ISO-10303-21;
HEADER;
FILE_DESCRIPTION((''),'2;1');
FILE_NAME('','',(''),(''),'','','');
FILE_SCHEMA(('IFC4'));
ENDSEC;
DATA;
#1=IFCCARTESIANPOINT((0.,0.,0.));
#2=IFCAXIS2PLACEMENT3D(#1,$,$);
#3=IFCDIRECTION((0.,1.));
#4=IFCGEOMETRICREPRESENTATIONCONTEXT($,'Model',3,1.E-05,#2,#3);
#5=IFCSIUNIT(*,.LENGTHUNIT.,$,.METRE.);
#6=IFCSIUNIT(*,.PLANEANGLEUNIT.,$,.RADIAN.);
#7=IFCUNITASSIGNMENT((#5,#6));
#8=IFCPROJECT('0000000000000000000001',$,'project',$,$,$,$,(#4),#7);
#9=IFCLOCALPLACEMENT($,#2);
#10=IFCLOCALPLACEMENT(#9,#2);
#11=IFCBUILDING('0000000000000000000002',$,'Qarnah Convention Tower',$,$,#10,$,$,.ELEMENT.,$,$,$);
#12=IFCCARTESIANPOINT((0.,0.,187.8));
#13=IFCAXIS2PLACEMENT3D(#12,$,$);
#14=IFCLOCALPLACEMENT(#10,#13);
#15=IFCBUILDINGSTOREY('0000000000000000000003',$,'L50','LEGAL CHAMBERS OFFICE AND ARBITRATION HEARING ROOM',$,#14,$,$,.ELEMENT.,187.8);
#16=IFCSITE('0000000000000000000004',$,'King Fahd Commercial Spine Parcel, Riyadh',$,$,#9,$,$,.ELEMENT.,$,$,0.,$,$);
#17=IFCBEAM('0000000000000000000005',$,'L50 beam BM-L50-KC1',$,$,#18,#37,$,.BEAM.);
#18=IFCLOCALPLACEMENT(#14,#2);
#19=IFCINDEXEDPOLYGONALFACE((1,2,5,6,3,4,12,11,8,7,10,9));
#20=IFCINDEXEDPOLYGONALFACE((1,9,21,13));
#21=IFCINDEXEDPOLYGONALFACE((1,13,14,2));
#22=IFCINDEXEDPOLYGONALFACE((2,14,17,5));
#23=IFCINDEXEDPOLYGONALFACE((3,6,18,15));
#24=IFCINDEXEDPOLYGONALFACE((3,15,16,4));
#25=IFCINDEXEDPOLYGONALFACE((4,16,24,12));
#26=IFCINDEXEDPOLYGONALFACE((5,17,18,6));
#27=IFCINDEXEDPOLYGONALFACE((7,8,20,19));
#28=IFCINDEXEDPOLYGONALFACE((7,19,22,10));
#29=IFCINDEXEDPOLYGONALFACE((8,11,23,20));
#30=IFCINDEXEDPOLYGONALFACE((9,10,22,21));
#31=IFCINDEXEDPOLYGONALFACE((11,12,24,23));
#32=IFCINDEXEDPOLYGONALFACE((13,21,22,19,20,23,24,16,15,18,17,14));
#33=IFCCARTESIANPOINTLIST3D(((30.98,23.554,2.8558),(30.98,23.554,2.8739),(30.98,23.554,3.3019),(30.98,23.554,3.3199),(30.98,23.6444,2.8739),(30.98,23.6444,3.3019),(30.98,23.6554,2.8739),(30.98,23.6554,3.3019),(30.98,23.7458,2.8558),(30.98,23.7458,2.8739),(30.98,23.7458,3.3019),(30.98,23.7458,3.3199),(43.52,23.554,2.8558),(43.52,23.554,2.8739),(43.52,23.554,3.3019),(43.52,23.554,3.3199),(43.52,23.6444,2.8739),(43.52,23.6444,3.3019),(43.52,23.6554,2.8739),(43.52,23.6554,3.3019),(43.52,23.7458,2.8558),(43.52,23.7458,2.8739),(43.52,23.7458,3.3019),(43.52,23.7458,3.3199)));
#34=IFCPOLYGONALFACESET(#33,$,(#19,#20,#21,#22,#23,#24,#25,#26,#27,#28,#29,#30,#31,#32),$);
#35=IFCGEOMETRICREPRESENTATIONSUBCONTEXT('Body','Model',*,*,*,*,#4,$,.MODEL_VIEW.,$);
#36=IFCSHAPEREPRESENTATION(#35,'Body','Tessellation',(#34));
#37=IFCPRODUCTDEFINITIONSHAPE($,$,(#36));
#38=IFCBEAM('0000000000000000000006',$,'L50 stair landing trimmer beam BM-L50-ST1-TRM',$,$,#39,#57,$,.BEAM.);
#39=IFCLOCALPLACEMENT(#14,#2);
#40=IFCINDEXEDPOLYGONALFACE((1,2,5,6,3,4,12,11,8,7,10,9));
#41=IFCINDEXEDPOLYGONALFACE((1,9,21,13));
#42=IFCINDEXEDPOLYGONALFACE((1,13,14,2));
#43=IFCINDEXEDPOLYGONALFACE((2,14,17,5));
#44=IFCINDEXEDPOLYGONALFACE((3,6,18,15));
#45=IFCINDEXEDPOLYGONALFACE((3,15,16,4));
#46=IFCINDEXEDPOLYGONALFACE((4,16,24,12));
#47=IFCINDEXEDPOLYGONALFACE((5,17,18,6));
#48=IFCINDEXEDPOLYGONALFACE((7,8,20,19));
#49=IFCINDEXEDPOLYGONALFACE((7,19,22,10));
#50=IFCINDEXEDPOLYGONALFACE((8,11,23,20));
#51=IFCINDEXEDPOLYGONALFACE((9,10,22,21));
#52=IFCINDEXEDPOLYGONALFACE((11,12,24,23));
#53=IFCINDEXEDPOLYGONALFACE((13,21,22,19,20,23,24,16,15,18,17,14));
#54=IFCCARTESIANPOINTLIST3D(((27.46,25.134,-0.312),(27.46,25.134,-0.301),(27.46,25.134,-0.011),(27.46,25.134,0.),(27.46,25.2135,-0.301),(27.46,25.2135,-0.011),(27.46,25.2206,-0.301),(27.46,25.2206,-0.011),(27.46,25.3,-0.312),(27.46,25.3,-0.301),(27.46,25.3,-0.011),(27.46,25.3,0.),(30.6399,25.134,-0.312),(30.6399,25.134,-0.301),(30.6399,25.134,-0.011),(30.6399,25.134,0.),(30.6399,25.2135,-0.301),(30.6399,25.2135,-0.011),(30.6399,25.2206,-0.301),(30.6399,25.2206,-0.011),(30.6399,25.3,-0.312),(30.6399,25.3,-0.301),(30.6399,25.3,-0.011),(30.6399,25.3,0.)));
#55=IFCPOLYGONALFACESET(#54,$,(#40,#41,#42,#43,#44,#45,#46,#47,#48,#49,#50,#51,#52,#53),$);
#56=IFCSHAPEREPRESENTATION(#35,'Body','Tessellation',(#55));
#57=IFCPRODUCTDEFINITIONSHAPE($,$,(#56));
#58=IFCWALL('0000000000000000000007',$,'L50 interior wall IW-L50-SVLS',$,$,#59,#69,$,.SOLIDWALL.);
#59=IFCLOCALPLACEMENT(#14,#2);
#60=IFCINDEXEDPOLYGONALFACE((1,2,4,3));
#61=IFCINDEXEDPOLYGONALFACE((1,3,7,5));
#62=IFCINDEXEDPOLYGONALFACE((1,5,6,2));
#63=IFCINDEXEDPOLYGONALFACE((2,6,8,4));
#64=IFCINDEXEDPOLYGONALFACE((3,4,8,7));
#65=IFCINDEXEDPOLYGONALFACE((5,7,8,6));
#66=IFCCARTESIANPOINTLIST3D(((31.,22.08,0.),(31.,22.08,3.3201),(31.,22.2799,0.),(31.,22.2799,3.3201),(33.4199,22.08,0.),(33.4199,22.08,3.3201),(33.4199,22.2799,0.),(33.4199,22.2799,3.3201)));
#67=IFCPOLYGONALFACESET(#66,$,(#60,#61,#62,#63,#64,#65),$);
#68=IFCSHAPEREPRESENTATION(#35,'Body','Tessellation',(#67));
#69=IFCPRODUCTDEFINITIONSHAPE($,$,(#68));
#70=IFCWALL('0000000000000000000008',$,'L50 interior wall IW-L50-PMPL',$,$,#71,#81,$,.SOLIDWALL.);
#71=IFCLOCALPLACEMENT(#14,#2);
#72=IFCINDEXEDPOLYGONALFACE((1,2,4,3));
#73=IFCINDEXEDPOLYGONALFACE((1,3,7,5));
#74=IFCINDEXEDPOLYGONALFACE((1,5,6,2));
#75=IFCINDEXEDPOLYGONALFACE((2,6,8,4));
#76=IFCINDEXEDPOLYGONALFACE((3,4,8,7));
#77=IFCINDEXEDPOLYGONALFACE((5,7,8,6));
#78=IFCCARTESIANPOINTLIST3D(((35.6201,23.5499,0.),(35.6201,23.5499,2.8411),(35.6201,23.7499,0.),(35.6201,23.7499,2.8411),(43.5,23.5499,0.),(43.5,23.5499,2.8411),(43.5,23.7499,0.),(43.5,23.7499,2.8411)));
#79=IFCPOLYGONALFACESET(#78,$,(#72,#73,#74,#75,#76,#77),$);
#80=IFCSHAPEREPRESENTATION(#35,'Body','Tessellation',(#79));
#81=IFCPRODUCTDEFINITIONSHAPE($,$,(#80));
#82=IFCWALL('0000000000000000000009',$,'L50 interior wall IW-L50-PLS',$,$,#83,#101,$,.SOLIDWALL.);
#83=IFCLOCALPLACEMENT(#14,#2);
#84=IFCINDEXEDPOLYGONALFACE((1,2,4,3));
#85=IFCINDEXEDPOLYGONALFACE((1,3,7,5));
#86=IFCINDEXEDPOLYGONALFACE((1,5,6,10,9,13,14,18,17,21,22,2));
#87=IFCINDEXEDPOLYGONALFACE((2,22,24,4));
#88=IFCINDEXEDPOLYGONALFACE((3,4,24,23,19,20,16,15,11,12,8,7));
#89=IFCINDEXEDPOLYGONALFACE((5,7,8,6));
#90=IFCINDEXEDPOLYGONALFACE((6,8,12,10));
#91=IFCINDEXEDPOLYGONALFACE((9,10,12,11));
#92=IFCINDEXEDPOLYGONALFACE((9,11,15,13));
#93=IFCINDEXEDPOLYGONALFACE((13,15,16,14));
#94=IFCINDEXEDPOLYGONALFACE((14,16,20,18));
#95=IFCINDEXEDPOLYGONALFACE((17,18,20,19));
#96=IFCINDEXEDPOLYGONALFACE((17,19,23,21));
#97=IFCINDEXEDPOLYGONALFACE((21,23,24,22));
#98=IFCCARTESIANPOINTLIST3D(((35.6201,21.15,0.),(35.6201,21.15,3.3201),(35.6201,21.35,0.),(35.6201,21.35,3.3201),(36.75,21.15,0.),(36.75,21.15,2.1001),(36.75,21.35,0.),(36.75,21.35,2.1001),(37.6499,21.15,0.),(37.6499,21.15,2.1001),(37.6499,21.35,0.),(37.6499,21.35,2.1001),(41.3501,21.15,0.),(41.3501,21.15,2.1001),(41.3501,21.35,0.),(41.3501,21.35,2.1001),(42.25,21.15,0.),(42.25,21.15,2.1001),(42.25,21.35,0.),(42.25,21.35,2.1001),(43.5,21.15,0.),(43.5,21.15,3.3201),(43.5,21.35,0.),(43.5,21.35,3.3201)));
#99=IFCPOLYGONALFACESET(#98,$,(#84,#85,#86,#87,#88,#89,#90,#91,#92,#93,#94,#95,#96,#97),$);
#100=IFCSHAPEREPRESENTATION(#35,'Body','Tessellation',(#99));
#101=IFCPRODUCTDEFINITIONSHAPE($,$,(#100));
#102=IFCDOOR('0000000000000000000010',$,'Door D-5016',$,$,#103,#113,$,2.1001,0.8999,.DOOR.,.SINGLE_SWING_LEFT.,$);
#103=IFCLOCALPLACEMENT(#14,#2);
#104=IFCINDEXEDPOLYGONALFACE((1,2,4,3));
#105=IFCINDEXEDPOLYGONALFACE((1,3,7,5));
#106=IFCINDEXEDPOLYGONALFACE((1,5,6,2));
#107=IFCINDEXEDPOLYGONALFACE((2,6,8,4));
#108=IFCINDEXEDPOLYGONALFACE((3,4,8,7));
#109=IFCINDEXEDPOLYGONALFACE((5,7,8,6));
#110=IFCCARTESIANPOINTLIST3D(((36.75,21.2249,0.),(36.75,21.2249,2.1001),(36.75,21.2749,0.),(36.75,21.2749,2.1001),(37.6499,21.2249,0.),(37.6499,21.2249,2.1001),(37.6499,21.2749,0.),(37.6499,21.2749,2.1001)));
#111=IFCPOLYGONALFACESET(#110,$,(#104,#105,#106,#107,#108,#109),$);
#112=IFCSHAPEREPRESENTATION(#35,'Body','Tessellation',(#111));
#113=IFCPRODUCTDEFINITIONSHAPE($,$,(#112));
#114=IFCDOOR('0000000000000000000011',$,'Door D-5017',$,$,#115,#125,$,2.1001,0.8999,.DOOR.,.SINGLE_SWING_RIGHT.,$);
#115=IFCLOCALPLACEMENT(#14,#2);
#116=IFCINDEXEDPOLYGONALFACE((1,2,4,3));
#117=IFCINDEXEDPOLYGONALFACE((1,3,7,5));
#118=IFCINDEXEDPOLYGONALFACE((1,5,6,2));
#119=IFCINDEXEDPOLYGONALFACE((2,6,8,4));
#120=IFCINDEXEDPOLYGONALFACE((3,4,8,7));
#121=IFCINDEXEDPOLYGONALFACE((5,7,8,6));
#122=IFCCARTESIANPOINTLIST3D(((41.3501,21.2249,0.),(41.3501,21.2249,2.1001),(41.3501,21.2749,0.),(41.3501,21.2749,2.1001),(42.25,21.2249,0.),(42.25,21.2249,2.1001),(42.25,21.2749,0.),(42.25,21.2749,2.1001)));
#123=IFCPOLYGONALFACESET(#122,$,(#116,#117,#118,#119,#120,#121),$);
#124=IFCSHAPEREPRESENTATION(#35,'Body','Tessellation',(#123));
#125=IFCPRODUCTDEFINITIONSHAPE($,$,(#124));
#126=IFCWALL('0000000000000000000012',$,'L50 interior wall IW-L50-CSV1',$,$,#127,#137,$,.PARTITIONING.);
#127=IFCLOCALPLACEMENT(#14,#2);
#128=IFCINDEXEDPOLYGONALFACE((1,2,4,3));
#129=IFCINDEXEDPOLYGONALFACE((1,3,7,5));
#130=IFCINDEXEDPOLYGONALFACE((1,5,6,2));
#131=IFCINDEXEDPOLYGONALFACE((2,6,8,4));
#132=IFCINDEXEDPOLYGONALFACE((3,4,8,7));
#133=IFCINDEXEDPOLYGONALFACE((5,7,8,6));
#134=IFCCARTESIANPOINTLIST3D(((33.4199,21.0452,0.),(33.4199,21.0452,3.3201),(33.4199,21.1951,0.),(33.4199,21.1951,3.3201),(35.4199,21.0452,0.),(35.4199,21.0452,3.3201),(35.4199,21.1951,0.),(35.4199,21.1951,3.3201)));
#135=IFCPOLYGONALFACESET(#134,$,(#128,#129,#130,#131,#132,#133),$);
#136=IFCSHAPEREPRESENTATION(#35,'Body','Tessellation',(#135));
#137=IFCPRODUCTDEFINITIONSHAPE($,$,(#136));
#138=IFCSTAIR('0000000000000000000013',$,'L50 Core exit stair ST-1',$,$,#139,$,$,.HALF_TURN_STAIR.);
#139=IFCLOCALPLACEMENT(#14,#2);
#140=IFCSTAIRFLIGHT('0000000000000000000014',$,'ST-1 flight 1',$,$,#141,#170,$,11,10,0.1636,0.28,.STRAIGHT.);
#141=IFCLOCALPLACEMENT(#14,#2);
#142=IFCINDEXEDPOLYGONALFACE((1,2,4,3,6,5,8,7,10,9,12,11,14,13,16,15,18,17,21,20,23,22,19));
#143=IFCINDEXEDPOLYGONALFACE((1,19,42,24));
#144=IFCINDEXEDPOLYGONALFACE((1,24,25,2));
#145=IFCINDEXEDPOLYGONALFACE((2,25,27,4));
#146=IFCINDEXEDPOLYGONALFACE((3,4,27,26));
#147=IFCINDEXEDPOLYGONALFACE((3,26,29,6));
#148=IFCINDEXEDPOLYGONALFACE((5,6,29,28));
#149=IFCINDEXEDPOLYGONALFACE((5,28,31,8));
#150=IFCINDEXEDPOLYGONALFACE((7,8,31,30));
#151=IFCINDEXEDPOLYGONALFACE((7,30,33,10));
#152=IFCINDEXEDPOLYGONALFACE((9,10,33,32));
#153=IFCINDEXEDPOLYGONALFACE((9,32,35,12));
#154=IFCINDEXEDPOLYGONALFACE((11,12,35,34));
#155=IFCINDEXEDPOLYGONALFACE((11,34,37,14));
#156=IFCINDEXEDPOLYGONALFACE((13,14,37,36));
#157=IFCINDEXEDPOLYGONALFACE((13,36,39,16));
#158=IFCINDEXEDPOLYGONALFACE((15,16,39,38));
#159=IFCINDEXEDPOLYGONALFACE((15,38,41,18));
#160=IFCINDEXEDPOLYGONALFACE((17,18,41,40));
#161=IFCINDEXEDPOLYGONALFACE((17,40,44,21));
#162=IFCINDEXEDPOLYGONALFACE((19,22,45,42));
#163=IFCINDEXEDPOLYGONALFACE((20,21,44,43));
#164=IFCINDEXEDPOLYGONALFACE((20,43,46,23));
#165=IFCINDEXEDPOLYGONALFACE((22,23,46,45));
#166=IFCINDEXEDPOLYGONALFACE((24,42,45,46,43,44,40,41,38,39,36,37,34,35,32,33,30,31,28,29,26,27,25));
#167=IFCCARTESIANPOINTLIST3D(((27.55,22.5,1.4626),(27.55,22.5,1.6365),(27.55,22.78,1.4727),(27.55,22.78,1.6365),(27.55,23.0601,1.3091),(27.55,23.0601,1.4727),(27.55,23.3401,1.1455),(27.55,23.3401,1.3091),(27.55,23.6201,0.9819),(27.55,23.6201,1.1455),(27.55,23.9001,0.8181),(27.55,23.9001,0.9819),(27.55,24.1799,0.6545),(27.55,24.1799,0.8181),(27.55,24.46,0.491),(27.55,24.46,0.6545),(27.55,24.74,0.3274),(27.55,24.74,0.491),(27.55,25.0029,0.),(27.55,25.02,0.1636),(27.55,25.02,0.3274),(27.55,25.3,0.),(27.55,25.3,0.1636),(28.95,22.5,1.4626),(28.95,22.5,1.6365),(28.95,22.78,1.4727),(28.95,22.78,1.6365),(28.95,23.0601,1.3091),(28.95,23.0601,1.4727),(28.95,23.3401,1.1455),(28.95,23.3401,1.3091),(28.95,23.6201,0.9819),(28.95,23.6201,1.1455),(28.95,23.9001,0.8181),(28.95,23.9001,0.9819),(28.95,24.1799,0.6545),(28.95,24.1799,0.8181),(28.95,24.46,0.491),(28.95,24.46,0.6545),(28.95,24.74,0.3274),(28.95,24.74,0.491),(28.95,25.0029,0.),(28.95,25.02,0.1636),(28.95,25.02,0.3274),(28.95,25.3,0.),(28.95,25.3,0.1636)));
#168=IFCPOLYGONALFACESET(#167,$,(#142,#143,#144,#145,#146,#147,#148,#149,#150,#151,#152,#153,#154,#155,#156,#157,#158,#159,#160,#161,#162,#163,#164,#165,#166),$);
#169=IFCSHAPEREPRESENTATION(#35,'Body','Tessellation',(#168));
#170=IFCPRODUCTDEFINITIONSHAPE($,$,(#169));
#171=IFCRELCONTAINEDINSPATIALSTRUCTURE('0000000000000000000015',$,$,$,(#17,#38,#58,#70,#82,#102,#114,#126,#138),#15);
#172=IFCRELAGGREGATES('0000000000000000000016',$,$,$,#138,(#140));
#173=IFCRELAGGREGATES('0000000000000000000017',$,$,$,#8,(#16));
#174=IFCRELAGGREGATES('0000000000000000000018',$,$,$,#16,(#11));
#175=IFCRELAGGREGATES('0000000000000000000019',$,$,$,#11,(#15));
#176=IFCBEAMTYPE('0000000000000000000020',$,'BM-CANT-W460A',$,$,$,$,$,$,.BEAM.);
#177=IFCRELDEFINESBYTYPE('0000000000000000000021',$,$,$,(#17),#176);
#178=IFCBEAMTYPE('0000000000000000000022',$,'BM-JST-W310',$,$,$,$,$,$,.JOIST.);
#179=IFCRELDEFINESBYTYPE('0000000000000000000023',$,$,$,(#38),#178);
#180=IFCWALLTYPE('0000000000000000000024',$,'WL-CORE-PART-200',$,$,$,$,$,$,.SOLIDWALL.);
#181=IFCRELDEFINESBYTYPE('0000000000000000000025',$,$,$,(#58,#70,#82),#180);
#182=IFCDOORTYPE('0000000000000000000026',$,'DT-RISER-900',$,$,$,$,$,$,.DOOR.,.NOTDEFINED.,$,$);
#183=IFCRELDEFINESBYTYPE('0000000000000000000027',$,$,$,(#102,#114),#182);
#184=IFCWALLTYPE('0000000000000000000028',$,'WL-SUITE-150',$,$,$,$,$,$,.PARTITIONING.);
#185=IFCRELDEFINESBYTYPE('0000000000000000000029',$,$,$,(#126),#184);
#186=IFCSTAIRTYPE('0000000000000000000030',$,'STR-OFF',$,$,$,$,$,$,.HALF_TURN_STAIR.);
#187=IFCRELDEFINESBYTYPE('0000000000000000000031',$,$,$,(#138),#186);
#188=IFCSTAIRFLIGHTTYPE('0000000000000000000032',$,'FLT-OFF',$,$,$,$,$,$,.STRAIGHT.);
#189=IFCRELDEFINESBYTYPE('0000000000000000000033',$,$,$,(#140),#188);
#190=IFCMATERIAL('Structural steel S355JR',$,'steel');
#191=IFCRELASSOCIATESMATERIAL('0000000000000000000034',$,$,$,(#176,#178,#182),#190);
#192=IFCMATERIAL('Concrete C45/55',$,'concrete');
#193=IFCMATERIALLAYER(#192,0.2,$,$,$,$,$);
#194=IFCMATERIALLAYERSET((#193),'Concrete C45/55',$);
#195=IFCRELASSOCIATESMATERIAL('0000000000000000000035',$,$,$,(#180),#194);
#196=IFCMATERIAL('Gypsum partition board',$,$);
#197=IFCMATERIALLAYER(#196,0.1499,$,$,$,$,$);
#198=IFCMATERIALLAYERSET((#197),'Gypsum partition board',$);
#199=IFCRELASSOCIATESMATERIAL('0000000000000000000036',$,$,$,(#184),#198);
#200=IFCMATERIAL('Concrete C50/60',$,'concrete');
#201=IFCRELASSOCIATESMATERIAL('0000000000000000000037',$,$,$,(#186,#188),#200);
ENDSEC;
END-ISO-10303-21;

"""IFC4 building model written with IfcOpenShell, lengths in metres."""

from ifc_helpers import new_model, si_unit, direction, frame, frame_2d, origin, origin_2d, place, context, subcontext, project, spatial, polyline, rectangle, i_section, outline, extrude, material, layer, layer_set, material_profile, profile_set, type_object, element, fill, aggregate, save


model = new_model("IFC4")

# Units and contexts
model_context = context("Model", 3, precision=1e-05, world=origin(), true_north=direction((0.0, 1.0)))
body_context = subcontext(model_context, "Body", "Model", "MODEL_VIEW")
ifc_project = project(units=[si_unit("LENGTHUNIT", "METRE"), si_unit("PLANEANGLEUNIT", "RADIAN")], contexts=[model_context])

# Site, building, storey
site_placement = place(None, origin())
site = spatial("IfcSite", under=ifc_project, at=site_placement, Name="King Fahd Commercial Spine Parcel, Riyadh", CompositionType="ELEMENT", RefElevation=0.0)
building_placement = place(site_placement, origin())
building = spatial("IfcBuilding", under=site, at=building_placement, Name="Qarnah Convention Tower", CompositionType="ELEMENT")
storey_placement = place(building_placement, frame((0.0, 0.0, 187.8)))
storey = spatial("IfcBuildingStorey", under=building, at=storey_placement, Name="L50", Description="LEGAL CHAMBERS OFFICE AND ARBITRATION HEARING ROOM", CompositionType="ELEMENT", Elevation=187.8)

# Beams
ifc_material_1 = material(Name="Structural steel S355JR", Category="steel")
ifc_material_profile_1 = material_profile(ifc_material_1, i_section(OverallWidth=0.1919, OverallDepth=0.4641, WebThickness=0.011, FlangeThickness=0.0181, at=origin_2d()), Name="W460X89")
ifc_profile_set_1 = profile_set([ifc_material_profile_1], Name="Structural steel S355JR")
beam_type_1 = type_object("IfcBeamType", Name="BM-CANT-W460A", PredefinedType="BEAM", material=ifc_profile_set_1)
beam_1_placement = place(storey_placement, frame((30.98, 23.6499, 3.0879), z_axis=(1.0, 0.0, 0.0), x_axis=(0.0, 1.0, 0.0)))
element("IfcBeam", 1, at=beam_1_placement, inside=storey, type_object=beam_type_1, Name="L50 beam BM-L50-KC1", PredefinedType="BEAM", context=body_context, shape_type="SweptSolid", body=[
    extrude(i_section(OverallWidth=0.1919, OverallDepth=0.4641, WebThickness=0.011, FlangeThickness=0.0181, at=origin_2d()), origin(), (0.0, 0.0, 1.0), 12.54),
])
ifc_material_profile_2 = material_profile(ifc_material_1, i_section(OverallWidth=0.166, OverallDepth=0.312, WebThickness=0.0071, FlangeThickness=0.011, at=origin_2d()), Name="W310X45")
ifc_profile_set_2 = profile_set([ifc_material_profile_2], Name="Structural steel S355JR")
beam_type_2 = type_object("IfcBeamType", Name="BM-JST-W310", PredefinedType="JOIST", material=ifc_profile_set_2)
beam_2_placement = place(storey_placement, frame((27.46, 25.217, -0.156), z_axis=(1.0, 0.0, 0.0), x_axis=(0.0, 1.0, 0.0)))
element("IfcBeam", 2, at=beam_2_placement, inside=storey, type_object=beam_type_2, Name="L50 stair landing trimmer beam BM-L50-ST1-TRM", PredefinedType="BEAM", context=body_context, shape_type="SweptSolid", body=[
    extrude(i_section(OverallWidth=0.166, OverallDepth=0.312, WebThickness=0.0071, FlangeThickness=0.011, at=origin_2d()), origin(), (0.0, 0.0, 1.0), 3.1799),
])

# Shared definitions
ifc_material_2 = material(Name="Concrete C45/55", Category="concrete")
ifc_layer_1 = layer(ifc_material_2, 0.2)
ifc_layer_set_1 = layer_set([ifc_layer_1], Name="Concrete C45/55")
wall_type_1 = type_object("IfcWallType", Name="WL-CORE-PART-200", PredefinedType="SOLIDWALL", material=ifc_layer_set_1)
door_type_1 = type_object("IfcDoorType", Name="DT-RISER-900", OperationType="NOTDEFINED", PredefinedType="DOOR", material=ifc_material_1)

# Walls
wall_1_placement = place(storey_placement, frame((31.0, 22.1799, 0.0), z_axis=(0.0, 0.0, 1.0), x_axis=(1.0, 0.0, 0.0)))
element("IfcWall", 3, at=wall_1_placement, inside=storey, type_object=wall_type_1, Name="L50 interior wall IW-L50-SVLS", PredefinedType="SOLIDWALL", context=body_context, shape_type="SweptSolid", body=[
    extrude(rectangle(XDim=2.4199, YDim=0.2, at=frame_2d((1.21, 0.0))), origin(), (0.0, 0.0, 1.0), 3.3201),
])
wall_2_placement = place(storey_placement, frame((35.6201, 23.6499, 0.0), z_axis=(0.0, 0.0, 1.0), x_axis=(1.0, 0.0, 0.0)))
element("IfcWall", 4, at=wall_2_placement, inside=storey, type_object=wall_type_1, Name="L50 interior wall IW-L50-PMPL", PredefinedType="SOLIDWALL", context=body_context, shape_type="SweptSolid", body=[
    extrude(rectangle(XDim=7.8799, YDim=0.2, at=frame_2d((3.9399, 0.0))), origin(), (0.0, 0.0, 1.0), 2.8411),
])

# Wall, openings, doors
wall_3_placement = place(storey_placement, frame((35.6201, 21.25, 0.0), z_axis=(0.0, 0.0, 1.0), x_axis=(1.0, 0.0, 0.0)))
wall_3 = element("IfcWall", 5, at=wall_3_placement, inside=storey, type_object=wall_type_1, Name="L50 interior wall IW-L50-PLS", PredefinedType="SOLIDWALL", context=body_context, shape_type="SweptSolid", body=[
    extrude(rectangle(XDim=7.8799, YDim=0.2, at=frame_2d((3.9399, 0.0))), origin(), (0.0, 0.0, 1.0), 3.3201),
])
opening_1_placement = place(wall_3_placement, frame((1.1299, 0.0, 0.0)))
opening_1 = element("IfcOpeningElement", 6, at=opening_1_placement, cuts=wall_3, PredefinedType="OPENING", context=body_context, shape_type="SweptSolid", body=[
    extrude(rectangle(XDim=0.8999, YDim=2.1001, at=frame_2d((0.45, 1.05))), frame((0.0, 0.1099, 0.0), z_axis=(0.0, -1.0, 0.0), x_axis=(1.0, 0.0, 0.0)), (0.0, 0.0, 1.0), 0.22),
])
opening_2_placement = place(wall_3_placement, frame((5.73, 0.0, 0.0)))
opening_2 = element("IfcOpeningElement", 7, at=opening_2_placement, cuts=wall_3, PredefinedType="OPENING", context=body_context, shape_type="SweptSolid", body=[
    extrude(rectangle(XDim=0.8999, YDim=2.1001, at=frame_2d((0.45, 1.05))), frame((0.0, 0.1099, 0.0), z_axis=(0.0, -1.0, 0.0), x_axis=(1.0, 0.0, 0.0)), (0.0, 0.0, 1.0), 0.22),
])
door_1_placement = place(opening_1_placement, origin())
door_1 = element("IfcDoor", 8, at=door_1_placement, inside=storey, type_object=door_type_1, Name="Door D-5016", OperationType="SINGLE_SWING_LEFT", OverallHeight=2.1001, OverallWidth=0.8999, PredefinedType="DOOR", context=body_context, shape_type="SweptSolid", body=[
    extrude(rectangle(XDim=0.8999, YDim=2.1001, at=frame_2d((0.45, 1.05))), frame((0.0, 0.0249, 0.0), z_axis=(0.0, -1.0, 0.0), x_axis=(1.0, 0.0, 0.0)), (0.0, 0.0, 1.0), 0.05),
])
fill(opening_1, door_1)
door_2_placement = place(opening_2_placement, origin())
door_2 = element("IfcDoor", 9, at=door_2_placement, inside=storey, type_object=door_type_1, Name="Door D-5017", OperationType="SINGLE_SWING_RIGHT", OverallHeight=2.1001, OverallWidth=0.8999, PredefinedType="DOOR", context=body_context, shape_type="SweptSolid", body=[
    extrude(rectangle(XDim=0.8999, YDim=2.1001, at=frame_2d((0.45, 1.05))), frame((0.0, 0.0249, 0.0), z_axis=(0.0, -1.0, 0.0), x_axis=(1.0, 0.0, 0.0)), (0.0, 0.0, 1.0), 0.05),
])
fill(opening_2, door_2)

# Wall
ifc_material_3 = material(Name="Gypsum partition board")
ifc_layer_2 = layer(ifc_material_3, 0.1499)
ifc_layer_set_2 = layer_set([ifc_layer_2], Name="Gypsum partition board")
wall_type_2 = type_object("IfcWallType", Name="WL-SUITE-150", PredefinedType="PARTITIONING", material=ifc_layer_set_2)
wall_4_placement = place(storey_placement, frame((33.4199, 21.1201, 0.0), z_axis=(0.0, 0.0, 1.0), x_axis=(1.0, 0.0, 0.0)))
element("IfcWall", 10, at=wall_4_placement, inside=storey, type_object=wall_type_2, Name="L50 interior wall IW-L50-CSV1", PredefinedType="PARTITIONING", context=body_context, shape_type="SweptSolid", body=[
    extrude(rectangle(XDim=2.0, YDim=0.1499, at=frame_2d((1.0, 0.0))), origin(), (0.0, 0.0, 1.0), 3.3201),
])

# Stair, stair flight
ifc_material_4 = material(Name="Concrete C50/60", Category="concrete")
stair_type = type_object("IfcStairType", Name="STR-OFF", PredefinedType="HALF_TURN_STAIR", material=ifc_material_4)
stair_placement = place(storey_placement, origin())
stair = element("IfcStair", 11, at=stair_placement, inside=storey, type_object=stair_type, Name="L50 Core exit stair ST-1", PredefinedType="HALF_TURN_STAIR")
stair_flight_type = type_object("IfcStairFlightType", Name="FLT-OFF", PredefinedType="STRAIGHT", material=ifc_material_4)
stair_flight_1_placement = place(storey_placement, frame((28.25, 25.3, 0.0), z_axis=(0.0, 0.0, 1.0), x_axis=(0.0, -1.0, 0.0)))
stair_flight_1 = element("IfcStairFlight", 12, at=stair_flight_1_placement, type_object=stair_flight_type, Name="ST-1 flight 1", NumberOfRisers=11, NumberOfTreads=10, PredefinedType="STRAIGHT", RiserHeight=0.1636, TreadLength=0.28, context=body_context, shape_type="SweptSolid", body=[
    extrude(outline(polyline([(0.0, 0.0), (0.0, 0.1636), (0.28, 0.1636), (0.28, 0.3274), (0.5601, 0.3274), (0.5601, 0.491), (0.8401, 0.491), (0.8401, 0.6545), (1.1201, 0.6545), (1.1201, 0.8181), (1.3999, 0.8181), (1.3999, 0.9819), (1.6799, 0.9819), (1.6799, 1.1455), (1.96, 1.1455), (1.96, 1.3091), (2.24, 1.3091), (2.24, 1.4727), (2.52, 1.4727), (2.52, 1.6365), (2.8, 1.6365), (2.8, 1.8), (2.8, 1.4626), (0.2971, 0.0), (0.0, 0.0)])), frame((0.0, 0.7, 0.0), z_axis=(0.0, -1.0, 0.0), x_axis=(1.0, 0.0, 0.0)), (0.0, 0.0, 1.0), 1.3999),
])
aggregate(stair, [stair_flight_1])

save(model, "model.ifc")
